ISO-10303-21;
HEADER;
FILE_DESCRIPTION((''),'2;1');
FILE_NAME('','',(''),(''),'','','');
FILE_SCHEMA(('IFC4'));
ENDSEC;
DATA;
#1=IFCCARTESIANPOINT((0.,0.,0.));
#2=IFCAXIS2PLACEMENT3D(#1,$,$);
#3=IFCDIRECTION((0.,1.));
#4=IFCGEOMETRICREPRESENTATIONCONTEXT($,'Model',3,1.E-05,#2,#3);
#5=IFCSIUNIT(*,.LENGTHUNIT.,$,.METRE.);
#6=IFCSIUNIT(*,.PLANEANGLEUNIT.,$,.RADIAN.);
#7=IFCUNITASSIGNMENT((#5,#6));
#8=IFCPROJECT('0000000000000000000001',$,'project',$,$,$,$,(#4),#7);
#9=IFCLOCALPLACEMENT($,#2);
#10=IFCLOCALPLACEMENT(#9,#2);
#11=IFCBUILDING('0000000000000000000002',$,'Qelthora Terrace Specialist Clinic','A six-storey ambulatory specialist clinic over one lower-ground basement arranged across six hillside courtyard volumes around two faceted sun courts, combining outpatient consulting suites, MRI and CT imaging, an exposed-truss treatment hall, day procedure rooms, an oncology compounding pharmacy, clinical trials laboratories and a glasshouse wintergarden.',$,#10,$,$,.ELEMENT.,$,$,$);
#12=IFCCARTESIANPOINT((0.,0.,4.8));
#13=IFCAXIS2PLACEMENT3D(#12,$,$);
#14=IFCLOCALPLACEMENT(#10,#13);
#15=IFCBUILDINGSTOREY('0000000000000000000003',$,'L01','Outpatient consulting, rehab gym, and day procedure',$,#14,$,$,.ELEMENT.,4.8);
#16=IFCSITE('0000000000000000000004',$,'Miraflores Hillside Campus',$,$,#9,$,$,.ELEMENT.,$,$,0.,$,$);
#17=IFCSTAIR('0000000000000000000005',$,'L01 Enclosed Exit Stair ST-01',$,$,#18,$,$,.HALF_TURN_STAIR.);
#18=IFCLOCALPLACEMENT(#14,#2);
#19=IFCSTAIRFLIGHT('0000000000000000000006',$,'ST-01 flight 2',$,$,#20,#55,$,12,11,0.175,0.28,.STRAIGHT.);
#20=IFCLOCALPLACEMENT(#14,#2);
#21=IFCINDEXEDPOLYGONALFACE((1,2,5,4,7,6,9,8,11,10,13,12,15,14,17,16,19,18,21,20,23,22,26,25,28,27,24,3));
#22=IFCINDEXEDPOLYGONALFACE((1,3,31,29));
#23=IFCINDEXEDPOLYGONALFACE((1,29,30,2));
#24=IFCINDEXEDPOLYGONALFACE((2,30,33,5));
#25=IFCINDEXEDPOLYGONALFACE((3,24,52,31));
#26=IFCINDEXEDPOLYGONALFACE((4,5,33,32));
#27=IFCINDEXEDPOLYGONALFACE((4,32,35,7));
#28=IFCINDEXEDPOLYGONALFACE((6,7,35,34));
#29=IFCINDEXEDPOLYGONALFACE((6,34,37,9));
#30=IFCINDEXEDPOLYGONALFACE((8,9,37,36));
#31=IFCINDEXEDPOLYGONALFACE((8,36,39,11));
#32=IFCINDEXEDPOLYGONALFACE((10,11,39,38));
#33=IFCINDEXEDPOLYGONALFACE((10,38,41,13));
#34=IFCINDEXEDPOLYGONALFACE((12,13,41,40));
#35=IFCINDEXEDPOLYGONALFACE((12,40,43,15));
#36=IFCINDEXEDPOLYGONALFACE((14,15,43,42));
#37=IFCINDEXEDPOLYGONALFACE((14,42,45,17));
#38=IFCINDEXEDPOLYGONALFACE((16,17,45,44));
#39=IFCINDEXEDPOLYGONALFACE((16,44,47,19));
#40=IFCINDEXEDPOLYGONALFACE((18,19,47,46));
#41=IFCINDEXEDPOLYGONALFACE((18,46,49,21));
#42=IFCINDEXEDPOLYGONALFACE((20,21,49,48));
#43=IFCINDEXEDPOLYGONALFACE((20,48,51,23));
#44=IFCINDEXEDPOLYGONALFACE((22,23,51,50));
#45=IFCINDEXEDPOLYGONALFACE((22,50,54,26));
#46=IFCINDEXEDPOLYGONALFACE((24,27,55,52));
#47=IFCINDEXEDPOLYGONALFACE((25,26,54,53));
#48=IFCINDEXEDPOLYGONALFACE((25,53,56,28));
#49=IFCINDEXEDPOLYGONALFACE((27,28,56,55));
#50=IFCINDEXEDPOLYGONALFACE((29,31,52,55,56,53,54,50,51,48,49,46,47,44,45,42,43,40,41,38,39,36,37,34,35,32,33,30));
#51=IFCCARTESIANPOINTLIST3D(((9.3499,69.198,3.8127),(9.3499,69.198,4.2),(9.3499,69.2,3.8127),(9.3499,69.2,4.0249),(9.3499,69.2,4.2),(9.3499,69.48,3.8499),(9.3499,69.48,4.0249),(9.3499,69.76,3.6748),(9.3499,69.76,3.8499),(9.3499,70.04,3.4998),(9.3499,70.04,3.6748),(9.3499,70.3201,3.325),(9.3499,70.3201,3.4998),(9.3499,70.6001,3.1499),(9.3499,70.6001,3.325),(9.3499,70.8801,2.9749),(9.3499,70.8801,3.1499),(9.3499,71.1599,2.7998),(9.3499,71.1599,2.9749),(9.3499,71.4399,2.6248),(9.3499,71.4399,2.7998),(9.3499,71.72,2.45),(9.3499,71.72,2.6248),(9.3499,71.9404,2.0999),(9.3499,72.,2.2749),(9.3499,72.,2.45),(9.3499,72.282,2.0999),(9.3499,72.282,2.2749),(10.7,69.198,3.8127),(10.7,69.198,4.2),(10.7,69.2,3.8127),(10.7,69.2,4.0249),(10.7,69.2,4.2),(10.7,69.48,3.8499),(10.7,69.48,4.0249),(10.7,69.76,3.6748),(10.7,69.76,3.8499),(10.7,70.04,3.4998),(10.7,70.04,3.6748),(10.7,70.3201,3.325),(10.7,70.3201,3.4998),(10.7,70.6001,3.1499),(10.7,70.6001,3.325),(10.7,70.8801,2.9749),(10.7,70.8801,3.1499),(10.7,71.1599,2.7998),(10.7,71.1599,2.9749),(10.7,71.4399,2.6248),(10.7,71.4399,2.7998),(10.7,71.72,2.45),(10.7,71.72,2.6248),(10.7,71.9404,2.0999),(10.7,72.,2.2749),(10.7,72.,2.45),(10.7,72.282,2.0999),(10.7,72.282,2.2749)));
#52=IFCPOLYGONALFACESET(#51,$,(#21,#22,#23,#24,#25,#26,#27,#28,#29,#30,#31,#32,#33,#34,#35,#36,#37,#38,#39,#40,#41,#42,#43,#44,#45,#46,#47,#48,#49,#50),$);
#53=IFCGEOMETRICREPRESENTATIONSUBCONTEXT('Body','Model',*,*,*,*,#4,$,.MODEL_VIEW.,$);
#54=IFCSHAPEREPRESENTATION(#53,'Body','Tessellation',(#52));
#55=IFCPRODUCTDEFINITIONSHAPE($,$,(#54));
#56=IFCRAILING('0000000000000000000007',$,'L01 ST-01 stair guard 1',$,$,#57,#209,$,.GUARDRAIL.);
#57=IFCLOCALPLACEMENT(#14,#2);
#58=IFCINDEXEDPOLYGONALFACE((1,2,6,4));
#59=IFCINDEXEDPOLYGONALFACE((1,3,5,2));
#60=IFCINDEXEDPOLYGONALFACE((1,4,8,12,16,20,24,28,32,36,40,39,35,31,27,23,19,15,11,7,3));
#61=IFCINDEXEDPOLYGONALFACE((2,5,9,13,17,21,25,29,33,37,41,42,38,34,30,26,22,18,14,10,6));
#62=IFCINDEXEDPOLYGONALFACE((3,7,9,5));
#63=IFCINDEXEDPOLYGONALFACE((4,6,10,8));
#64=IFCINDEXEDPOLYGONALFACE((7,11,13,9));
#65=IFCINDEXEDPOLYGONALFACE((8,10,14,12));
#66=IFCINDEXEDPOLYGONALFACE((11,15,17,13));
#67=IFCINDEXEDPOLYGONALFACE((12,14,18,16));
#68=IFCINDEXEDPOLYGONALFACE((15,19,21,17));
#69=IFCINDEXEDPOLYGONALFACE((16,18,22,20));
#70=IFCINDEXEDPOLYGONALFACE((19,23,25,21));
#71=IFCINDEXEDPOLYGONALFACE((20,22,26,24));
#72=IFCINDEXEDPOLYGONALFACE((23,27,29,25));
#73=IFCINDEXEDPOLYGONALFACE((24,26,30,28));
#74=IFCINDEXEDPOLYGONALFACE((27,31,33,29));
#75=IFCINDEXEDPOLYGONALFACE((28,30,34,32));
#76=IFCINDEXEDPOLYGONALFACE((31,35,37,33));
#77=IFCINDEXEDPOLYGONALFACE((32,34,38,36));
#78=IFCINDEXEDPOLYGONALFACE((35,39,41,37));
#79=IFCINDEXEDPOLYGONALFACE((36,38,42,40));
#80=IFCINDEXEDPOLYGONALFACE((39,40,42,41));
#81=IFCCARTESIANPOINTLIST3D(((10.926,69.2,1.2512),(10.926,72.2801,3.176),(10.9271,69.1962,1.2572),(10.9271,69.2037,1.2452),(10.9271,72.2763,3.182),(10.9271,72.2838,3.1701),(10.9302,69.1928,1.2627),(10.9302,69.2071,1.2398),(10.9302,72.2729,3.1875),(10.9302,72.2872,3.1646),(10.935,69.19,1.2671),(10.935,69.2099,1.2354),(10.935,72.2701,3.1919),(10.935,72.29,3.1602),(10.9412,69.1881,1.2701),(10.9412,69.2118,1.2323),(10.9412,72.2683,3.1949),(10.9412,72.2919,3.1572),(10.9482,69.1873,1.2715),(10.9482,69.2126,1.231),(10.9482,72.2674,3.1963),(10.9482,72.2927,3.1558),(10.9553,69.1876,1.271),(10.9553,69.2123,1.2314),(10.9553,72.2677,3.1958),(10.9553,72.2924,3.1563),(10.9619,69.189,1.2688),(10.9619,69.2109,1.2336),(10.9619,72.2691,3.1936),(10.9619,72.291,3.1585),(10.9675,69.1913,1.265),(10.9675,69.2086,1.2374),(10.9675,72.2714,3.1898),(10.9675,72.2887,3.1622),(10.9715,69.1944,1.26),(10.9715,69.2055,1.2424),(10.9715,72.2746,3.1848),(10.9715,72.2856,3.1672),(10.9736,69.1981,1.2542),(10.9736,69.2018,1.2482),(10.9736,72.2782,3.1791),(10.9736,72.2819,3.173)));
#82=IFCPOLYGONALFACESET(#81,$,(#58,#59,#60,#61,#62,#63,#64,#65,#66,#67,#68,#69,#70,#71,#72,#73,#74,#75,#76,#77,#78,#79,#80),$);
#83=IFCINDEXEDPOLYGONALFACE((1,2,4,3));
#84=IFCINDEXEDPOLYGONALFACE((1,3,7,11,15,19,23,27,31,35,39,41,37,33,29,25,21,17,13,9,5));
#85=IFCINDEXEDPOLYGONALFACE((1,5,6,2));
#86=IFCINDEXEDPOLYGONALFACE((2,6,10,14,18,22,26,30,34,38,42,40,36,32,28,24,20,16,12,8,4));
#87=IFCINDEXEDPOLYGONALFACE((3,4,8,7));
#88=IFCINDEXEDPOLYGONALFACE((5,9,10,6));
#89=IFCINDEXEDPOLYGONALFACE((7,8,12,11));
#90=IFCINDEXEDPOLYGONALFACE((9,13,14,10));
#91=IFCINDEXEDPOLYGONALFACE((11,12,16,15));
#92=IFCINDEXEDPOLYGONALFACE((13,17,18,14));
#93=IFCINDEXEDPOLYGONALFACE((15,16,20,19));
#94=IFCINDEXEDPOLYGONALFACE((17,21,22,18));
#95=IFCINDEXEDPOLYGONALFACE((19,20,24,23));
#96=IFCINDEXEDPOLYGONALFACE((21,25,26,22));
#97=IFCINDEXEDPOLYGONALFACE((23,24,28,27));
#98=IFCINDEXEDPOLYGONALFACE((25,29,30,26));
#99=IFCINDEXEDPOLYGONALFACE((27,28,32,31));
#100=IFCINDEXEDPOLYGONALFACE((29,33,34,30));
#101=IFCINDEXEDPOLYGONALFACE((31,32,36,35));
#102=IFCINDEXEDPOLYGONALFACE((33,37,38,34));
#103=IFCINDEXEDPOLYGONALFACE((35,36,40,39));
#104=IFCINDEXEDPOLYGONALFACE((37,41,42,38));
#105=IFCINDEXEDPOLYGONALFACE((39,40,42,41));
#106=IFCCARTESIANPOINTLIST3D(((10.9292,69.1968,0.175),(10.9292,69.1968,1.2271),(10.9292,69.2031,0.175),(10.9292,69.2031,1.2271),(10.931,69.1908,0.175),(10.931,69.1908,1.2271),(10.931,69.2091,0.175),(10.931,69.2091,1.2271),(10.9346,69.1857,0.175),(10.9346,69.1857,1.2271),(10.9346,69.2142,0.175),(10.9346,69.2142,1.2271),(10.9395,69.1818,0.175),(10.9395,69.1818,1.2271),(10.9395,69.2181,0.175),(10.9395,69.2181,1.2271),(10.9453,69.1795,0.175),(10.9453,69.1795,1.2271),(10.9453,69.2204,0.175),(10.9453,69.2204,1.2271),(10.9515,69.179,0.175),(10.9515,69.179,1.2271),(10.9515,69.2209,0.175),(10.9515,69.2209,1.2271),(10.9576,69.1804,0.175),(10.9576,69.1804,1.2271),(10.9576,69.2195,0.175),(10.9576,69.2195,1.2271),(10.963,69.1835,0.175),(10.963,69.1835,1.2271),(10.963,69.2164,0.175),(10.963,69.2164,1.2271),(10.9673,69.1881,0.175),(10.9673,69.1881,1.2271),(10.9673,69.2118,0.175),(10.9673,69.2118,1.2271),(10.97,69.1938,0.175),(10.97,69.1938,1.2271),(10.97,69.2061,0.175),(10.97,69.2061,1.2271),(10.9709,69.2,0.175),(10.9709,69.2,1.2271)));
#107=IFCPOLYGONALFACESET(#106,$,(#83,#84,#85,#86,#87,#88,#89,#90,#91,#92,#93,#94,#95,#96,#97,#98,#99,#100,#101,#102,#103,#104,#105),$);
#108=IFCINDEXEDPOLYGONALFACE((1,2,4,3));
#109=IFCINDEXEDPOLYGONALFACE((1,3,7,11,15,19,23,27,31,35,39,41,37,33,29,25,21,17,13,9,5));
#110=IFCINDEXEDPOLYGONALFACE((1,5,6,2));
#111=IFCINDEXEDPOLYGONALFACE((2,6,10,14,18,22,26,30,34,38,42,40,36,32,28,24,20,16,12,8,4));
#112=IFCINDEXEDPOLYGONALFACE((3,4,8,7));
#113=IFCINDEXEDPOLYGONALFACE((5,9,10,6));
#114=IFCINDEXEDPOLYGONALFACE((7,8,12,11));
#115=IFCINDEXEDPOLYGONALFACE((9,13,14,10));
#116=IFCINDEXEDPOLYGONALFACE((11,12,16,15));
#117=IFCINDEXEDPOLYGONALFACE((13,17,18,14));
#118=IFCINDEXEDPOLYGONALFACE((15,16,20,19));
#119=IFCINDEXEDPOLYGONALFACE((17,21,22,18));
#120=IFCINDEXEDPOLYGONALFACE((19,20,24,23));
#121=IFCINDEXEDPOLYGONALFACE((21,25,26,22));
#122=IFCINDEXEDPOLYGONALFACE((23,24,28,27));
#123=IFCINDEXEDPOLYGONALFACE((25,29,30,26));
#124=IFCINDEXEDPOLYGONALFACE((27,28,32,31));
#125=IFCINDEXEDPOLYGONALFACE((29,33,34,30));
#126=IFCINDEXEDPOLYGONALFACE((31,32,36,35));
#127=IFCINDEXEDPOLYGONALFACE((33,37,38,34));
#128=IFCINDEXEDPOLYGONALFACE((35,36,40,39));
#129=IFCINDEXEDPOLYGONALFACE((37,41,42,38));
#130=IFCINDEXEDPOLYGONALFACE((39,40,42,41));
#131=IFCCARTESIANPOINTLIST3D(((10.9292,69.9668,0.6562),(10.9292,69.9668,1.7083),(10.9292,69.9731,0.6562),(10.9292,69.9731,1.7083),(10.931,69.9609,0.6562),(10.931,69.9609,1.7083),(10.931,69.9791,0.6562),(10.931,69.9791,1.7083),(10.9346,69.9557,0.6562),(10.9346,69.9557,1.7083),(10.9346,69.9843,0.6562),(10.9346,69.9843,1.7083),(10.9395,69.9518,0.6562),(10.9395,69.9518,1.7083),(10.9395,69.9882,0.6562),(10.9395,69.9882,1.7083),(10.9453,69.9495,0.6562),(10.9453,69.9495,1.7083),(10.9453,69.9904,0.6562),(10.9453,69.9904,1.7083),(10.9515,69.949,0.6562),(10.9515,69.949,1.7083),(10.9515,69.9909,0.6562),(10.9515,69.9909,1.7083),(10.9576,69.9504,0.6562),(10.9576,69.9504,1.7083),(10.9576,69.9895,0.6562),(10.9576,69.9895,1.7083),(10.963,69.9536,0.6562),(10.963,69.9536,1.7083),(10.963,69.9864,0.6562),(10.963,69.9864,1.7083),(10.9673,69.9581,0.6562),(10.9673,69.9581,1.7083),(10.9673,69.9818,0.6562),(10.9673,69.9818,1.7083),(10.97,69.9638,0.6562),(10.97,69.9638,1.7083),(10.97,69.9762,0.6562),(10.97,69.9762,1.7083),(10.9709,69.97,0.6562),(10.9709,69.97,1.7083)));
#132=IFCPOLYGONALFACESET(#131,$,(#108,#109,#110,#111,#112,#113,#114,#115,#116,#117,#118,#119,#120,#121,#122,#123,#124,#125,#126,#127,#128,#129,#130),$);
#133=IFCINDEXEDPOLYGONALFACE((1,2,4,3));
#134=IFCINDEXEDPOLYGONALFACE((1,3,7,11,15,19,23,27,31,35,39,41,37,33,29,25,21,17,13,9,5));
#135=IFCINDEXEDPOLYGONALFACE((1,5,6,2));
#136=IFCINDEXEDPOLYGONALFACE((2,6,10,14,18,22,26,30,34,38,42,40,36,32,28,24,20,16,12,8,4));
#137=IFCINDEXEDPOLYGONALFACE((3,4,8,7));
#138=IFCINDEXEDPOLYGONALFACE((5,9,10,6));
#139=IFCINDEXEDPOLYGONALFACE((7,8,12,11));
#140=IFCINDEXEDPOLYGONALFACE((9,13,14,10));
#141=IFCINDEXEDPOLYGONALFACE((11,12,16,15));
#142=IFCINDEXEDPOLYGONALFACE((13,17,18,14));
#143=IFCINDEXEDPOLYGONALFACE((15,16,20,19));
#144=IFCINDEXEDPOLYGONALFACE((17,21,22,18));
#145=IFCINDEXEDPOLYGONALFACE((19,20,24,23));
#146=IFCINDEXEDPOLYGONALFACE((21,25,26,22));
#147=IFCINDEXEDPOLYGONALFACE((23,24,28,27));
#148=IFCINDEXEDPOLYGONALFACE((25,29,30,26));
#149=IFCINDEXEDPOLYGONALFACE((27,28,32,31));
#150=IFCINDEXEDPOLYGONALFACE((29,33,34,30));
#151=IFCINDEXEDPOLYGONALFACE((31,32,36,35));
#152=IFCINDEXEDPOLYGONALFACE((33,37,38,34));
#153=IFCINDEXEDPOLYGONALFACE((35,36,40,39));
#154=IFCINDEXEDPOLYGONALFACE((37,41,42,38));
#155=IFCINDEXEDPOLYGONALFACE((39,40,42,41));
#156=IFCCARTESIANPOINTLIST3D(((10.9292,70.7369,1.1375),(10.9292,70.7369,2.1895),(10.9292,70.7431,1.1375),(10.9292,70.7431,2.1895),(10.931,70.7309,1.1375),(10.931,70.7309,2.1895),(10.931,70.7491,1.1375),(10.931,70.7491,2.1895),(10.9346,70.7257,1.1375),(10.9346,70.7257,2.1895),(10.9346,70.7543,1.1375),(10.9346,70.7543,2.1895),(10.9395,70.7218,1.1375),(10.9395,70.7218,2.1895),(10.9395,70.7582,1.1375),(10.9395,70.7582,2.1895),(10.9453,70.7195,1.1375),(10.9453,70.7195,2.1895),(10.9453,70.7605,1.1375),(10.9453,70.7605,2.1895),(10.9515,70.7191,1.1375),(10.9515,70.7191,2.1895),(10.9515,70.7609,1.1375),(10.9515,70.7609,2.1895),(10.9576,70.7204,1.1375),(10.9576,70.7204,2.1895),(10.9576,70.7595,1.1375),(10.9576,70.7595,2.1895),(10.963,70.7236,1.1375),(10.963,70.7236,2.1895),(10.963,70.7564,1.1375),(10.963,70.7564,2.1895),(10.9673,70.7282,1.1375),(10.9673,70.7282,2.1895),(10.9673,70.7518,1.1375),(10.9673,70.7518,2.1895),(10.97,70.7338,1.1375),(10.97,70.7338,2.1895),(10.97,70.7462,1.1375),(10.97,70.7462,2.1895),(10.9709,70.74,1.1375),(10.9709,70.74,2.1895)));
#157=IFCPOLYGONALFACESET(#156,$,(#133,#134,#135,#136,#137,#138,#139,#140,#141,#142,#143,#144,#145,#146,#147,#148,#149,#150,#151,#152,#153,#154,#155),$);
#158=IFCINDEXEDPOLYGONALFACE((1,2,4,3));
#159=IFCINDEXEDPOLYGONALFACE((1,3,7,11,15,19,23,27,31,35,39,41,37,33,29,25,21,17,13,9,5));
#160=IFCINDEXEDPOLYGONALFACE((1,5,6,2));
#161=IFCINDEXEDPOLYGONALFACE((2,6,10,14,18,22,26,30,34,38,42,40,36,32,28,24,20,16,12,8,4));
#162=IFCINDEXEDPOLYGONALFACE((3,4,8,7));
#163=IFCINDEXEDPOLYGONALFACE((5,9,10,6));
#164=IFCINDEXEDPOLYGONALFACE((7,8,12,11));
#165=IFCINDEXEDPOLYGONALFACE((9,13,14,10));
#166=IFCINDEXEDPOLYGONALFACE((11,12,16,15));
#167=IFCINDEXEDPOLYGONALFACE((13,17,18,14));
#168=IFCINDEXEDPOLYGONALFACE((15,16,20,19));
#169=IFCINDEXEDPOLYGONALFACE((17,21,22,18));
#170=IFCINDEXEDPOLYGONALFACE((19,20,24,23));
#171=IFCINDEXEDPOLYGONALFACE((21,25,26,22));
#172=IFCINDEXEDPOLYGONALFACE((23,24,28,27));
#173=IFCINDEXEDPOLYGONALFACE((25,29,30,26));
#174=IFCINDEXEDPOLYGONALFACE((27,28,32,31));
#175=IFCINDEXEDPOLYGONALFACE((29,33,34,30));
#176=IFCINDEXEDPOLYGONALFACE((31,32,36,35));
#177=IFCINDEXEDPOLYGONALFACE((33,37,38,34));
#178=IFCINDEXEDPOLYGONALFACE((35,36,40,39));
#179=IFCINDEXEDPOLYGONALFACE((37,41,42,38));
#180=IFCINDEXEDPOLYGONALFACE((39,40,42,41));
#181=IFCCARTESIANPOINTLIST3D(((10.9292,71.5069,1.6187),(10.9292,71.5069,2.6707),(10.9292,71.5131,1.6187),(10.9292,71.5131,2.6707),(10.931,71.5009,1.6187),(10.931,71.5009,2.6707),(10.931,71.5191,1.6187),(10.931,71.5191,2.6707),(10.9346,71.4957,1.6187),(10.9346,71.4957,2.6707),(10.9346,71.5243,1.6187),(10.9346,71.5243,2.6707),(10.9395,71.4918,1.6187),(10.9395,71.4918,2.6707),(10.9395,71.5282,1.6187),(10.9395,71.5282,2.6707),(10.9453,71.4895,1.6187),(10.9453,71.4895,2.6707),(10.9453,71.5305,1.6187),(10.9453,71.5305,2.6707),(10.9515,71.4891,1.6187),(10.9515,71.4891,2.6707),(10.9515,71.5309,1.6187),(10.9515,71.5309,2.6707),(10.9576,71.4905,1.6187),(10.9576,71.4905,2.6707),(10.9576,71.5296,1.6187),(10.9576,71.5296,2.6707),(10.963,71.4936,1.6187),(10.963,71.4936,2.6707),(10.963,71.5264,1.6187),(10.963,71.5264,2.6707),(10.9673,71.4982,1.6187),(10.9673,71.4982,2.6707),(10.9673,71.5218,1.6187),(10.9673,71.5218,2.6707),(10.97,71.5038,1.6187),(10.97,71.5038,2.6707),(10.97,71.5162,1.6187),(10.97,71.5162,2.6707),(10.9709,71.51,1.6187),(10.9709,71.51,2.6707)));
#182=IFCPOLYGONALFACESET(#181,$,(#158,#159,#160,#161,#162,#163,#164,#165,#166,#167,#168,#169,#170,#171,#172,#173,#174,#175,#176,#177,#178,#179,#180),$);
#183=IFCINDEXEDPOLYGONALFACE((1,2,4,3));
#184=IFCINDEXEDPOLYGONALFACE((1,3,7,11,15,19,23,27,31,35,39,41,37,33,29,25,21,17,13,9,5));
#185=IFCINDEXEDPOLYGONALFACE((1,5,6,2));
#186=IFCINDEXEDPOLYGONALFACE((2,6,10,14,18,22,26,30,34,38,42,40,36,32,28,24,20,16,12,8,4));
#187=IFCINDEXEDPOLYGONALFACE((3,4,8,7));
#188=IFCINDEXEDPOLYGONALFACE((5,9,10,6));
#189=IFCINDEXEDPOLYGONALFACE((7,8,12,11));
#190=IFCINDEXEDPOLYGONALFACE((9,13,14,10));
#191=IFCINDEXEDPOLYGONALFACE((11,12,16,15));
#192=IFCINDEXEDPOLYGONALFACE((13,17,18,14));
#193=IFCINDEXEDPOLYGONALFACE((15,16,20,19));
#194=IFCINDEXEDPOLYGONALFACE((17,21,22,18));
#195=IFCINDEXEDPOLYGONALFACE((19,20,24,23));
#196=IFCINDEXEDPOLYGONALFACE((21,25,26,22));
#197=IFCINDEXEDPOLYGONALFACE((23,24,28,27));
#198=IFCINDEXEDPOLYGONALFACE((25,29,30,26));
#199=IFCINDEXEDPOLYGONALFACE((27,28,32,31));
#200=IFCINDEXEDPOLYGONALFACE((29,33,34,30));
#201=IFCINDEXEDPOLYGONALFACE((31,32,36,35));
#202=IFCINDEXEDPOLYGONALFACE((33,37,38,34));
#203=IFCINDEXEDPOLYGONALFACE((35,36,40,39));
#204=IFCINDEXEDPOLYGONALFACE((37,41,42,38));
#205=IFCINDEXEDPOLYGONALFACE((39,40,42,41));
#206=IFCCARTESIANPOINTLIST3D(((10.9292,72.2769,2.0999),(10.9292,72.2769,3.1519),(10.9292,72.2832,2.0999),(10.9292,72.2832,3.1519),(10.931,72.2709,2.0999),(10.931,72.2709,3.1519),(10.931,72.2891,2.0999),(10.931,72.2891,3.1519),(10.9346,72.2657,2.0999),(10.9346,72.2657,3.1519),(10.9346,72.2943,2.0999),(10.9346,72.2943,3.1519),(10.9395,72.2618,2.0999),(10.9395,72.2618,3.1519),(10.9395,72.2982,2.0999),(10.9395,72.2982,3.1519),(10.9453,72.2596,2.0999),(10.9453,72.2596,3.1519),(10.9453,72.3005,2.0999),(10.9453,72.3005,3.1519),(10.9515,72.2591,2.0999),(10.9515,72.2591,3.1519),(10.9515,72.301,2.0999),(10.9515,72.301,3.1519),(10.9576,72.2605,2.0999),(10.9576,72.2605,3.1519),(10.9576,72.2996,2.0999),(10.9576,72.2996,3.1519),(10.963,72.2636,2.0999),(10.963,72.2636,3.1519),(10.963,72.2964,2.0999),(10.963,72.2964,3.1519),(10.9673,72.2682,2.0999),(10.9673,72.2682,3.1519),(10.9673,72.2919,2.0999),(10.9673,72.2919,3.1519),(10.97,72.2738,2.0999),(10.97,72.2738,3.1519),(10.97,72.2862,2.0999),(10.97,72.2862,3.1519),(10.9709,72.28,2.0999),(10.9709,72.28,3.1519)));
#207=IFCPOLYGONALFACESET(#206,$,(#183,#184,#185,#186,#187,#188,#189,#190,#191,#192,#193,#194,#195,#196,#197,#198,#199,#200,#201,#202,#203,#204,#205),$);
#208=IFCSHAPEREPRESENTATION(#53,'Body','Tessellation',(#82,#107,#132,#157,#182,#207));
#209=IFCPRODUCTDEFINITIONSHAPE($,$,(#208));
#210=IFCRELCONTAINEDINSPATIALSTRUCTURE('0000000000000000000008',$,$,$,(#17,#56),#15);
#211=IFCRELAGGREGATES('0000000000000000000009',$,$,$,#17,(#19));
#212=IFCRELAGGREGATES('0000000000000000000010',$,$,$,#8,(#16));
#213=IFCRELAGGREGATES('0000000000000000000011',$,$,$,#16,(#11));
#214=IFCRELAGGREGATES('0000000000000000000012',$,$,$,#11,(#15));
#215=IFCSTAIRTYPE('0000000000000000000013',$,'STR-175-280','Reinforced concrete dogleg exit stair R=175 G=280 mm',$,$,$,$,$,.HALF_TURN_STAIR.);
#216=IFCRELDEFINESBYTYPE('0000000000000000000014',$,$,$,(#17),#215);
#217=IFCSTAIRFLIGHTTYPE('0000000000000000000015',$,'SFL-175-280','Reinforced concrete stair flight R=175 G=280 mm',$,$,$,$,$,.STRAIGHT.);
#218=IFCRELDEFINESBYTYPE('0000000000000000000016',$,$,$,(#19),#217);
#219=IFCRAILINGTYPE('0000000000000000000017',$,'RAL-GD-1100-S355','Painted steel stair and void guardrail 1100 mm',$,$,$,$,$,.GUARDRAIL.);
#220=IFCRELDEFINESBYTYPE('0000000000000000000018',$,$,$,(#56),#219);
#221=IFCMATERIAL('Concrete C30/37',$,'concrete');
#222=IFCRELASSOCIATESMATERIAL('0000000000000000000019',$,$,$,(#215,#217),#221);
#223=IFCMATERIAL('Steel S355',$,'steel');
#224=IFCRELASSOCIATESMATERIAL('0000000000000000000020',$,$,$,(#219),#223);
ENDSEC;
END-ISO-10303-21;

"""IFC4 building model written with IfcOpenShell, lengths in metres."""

from ifc_helpers import new_model, si_unit, direction, frame, origin, origin_2d, place, context, subcontext, project, spatial, polyline, circle, outline, extrude, material, type_object, element, aggregate, save


model = new_model("IFC4")

# Units and contexts
model_context = context("Model", 3, precision=1e-05, world=origin(), true_north=direction((0.0, 1.0)))
body_context = subcontext(model_context, "Body", "Model", "MODEL_VIEW")
ifc_project = project(units=[si_unit("LENGTHUNIT", "METRE"), si_unit("PLANEANGLEUNIT", "RADIAN")], contexts=[model_context])

# Site, building, storey
site_placement = place(None, origin())
site = spatial("IfcSite", under=ifc_project, at=site_placement, Name="Miraflores Hillside Campus", CompositionType="ELEMENT", RefElevation=0.0)
building_placement = place(site_placement, origin())
building = spatial("IfcBuilding", under=site, at=building_placement, Name="Qelthora Terrace Specialist Clinic", Description="A six-storey ambulatory specialist clinic over one lower-ground basement arranged across six hillside courtyard volumes around two faceted sun courts, combining outpatient consulting suites, MRI and CT imaging, an exposed-truss treatment hall, day procedure rooms, an oncology compounding pharmacy, clinical trials laboratories and a glasshouse wintergarden.", CompositionType="ELEMENT")
storey_placement = place(building_placement, frame((0.0, 0.0, 4.8)))
storey = spatial("IfcBuildingStorey", under=building, at=storey_placement, Name="L01", Description="Outpatient consulting, rehab gym, and day procedure", CompositionType="ELEMENT", Elevation=4.8)

# Shared definitions
ifc_material_1 = material(Name="Steel S355", Category="steel")

# Stair, stair flight
ifc_material_2 = material(Name="Concrete C30/37", Category="concrete")
stair_type = type_object("IfcStairType", Name="STR-175-280", Description="Reinforced concrete dogleg exit stair R=175 G=280 mm", PredefinedType="HALF_TURN_STAIR", material=ifc_material_2)
stair_placement = place(storey_placement, origin())
stair = element("IfcStair", 1, at=stair_placement, inside=storey, type_object=stair_type, Name="L01 Enclosed Exit Stair ST-01", PredefinedType="HALF_TURN_STAIR")
stair_flight_type = type_object("IfcStairFlightType", Name="SFL-175-280", Description="Reinforced concrete stair flight R=175 G=280 mm", PredefinedType="STRAIGHT", material=ifc_material_2)
stair_flight_1_placement = place(storey_placement, frame((10.0249, 72.28, 2.0999), z_axis=(0.0, 0.0, 1.0), x_axis=(0.0, -1.0, 0.0)))
stair_flight_1 = element("IfcStairFlight", 2, at=stair_flight_1_placement, type_object=stair_flight_type, Name="ST-01 flight 2", NumberOfRisers=12, NumberOfTreads=11, PredefinedType="STRAIGHT", RiserHeight=0.175, TreadLength=0.28, context=body_context, shape_type="SweptSolid", body=[
    extrude(outline(polyline([(-0.002, 0.0), (-0.002, 0.175), (0.28, 0.175), (0.28, 0.3501), (0.5601, 0.3501), (0.5601, 0.5249), (0.8401, 0.5249), (0.8401, 0.7), (1.1201, 0.7), (1.1201, 0.875), (1.3999, 0.875), (1.3999, 1.05), (1.6799, 1.05), (1.6799, 1.2251), (1.96, 1.2251), (1.96, 1.3999), (2.24, 1.3999), (2.24, 1.575), (2.52, 1.575), (2.52, 1.75), (2.8, 1.75), (2.8, 1.925), (3.0801, 1.925), (3.0801, 2.1001), (3.082, 2.1001), (3.082, 1.7129), (3.0801, 1.7129), (0.3396, 0.0), (-0.002, 0.0)])), frame((0.0, 0.675, 0.0), z_axis=(0.0, -1.0, 0.0), x_axis=(1.0, 0.0, 0.0)), (0.0, 0.0, 1.0), 1.3501),
])
aggregate(stair, [stair_flight_1])

# Railing
railing_type_1 = type_object("IfcRailingType", Name="RAL-GD-1100-S355", Description="Painted steel stair and void guardrail 1100 mm", PredefinedType="GUARDRAIL", material=ifc_material_1)
railing_1_placement = place(storey_placement, frame((10.95, 69.2, 0.175)))
element("IfcRailing", 3, at=railing_1_placement, inside=storey, type_object=railing_type_1, Name="L01 ST-01 stair guard 1", PredefinedType="GUARDRAIL", context=body_context, shape_type="SweptSolid", body=[
    extrude(circle(Radius=0.0239, at=origin_2d()), frame((0.0, 0.0, 1.0762), z_axis=(0.0, 0.848029, 0.529951), x_axis=(-1.0, 0.0, 0.0)), (0.0, 0.0, 1.0), 3.6321),
    extrude(circle(Radius=0.021, at=origin_2d()), origin(), (0.0, 0.0, 1.0), 1.052),
    extrude(circle(Radius=0.021, at=origin_2d()), frame((0.0, 0.77, 0.4812)), (0.0, 0.0, 1.0), 1.052),
    extrude(circle(Radius=0.021, at=origin_2d()), frame((0.0, 1.54, 0.9624)), (0.0, 0.0, 1.0), 1.052),
    extrude(circle(Radius=0.021, at=origin_2d()), frame((0.0, 2.3101, 1.4436)), (0.0, 0.0, 1.0), 1.052),
    extrude(circle(Radius=0.021, at=origin_2d()), frame((0.0, 3.0801, 1.9248)), (0.0, 0.0, 1.0), 1.052),
])

save(model, "model.ifc")
